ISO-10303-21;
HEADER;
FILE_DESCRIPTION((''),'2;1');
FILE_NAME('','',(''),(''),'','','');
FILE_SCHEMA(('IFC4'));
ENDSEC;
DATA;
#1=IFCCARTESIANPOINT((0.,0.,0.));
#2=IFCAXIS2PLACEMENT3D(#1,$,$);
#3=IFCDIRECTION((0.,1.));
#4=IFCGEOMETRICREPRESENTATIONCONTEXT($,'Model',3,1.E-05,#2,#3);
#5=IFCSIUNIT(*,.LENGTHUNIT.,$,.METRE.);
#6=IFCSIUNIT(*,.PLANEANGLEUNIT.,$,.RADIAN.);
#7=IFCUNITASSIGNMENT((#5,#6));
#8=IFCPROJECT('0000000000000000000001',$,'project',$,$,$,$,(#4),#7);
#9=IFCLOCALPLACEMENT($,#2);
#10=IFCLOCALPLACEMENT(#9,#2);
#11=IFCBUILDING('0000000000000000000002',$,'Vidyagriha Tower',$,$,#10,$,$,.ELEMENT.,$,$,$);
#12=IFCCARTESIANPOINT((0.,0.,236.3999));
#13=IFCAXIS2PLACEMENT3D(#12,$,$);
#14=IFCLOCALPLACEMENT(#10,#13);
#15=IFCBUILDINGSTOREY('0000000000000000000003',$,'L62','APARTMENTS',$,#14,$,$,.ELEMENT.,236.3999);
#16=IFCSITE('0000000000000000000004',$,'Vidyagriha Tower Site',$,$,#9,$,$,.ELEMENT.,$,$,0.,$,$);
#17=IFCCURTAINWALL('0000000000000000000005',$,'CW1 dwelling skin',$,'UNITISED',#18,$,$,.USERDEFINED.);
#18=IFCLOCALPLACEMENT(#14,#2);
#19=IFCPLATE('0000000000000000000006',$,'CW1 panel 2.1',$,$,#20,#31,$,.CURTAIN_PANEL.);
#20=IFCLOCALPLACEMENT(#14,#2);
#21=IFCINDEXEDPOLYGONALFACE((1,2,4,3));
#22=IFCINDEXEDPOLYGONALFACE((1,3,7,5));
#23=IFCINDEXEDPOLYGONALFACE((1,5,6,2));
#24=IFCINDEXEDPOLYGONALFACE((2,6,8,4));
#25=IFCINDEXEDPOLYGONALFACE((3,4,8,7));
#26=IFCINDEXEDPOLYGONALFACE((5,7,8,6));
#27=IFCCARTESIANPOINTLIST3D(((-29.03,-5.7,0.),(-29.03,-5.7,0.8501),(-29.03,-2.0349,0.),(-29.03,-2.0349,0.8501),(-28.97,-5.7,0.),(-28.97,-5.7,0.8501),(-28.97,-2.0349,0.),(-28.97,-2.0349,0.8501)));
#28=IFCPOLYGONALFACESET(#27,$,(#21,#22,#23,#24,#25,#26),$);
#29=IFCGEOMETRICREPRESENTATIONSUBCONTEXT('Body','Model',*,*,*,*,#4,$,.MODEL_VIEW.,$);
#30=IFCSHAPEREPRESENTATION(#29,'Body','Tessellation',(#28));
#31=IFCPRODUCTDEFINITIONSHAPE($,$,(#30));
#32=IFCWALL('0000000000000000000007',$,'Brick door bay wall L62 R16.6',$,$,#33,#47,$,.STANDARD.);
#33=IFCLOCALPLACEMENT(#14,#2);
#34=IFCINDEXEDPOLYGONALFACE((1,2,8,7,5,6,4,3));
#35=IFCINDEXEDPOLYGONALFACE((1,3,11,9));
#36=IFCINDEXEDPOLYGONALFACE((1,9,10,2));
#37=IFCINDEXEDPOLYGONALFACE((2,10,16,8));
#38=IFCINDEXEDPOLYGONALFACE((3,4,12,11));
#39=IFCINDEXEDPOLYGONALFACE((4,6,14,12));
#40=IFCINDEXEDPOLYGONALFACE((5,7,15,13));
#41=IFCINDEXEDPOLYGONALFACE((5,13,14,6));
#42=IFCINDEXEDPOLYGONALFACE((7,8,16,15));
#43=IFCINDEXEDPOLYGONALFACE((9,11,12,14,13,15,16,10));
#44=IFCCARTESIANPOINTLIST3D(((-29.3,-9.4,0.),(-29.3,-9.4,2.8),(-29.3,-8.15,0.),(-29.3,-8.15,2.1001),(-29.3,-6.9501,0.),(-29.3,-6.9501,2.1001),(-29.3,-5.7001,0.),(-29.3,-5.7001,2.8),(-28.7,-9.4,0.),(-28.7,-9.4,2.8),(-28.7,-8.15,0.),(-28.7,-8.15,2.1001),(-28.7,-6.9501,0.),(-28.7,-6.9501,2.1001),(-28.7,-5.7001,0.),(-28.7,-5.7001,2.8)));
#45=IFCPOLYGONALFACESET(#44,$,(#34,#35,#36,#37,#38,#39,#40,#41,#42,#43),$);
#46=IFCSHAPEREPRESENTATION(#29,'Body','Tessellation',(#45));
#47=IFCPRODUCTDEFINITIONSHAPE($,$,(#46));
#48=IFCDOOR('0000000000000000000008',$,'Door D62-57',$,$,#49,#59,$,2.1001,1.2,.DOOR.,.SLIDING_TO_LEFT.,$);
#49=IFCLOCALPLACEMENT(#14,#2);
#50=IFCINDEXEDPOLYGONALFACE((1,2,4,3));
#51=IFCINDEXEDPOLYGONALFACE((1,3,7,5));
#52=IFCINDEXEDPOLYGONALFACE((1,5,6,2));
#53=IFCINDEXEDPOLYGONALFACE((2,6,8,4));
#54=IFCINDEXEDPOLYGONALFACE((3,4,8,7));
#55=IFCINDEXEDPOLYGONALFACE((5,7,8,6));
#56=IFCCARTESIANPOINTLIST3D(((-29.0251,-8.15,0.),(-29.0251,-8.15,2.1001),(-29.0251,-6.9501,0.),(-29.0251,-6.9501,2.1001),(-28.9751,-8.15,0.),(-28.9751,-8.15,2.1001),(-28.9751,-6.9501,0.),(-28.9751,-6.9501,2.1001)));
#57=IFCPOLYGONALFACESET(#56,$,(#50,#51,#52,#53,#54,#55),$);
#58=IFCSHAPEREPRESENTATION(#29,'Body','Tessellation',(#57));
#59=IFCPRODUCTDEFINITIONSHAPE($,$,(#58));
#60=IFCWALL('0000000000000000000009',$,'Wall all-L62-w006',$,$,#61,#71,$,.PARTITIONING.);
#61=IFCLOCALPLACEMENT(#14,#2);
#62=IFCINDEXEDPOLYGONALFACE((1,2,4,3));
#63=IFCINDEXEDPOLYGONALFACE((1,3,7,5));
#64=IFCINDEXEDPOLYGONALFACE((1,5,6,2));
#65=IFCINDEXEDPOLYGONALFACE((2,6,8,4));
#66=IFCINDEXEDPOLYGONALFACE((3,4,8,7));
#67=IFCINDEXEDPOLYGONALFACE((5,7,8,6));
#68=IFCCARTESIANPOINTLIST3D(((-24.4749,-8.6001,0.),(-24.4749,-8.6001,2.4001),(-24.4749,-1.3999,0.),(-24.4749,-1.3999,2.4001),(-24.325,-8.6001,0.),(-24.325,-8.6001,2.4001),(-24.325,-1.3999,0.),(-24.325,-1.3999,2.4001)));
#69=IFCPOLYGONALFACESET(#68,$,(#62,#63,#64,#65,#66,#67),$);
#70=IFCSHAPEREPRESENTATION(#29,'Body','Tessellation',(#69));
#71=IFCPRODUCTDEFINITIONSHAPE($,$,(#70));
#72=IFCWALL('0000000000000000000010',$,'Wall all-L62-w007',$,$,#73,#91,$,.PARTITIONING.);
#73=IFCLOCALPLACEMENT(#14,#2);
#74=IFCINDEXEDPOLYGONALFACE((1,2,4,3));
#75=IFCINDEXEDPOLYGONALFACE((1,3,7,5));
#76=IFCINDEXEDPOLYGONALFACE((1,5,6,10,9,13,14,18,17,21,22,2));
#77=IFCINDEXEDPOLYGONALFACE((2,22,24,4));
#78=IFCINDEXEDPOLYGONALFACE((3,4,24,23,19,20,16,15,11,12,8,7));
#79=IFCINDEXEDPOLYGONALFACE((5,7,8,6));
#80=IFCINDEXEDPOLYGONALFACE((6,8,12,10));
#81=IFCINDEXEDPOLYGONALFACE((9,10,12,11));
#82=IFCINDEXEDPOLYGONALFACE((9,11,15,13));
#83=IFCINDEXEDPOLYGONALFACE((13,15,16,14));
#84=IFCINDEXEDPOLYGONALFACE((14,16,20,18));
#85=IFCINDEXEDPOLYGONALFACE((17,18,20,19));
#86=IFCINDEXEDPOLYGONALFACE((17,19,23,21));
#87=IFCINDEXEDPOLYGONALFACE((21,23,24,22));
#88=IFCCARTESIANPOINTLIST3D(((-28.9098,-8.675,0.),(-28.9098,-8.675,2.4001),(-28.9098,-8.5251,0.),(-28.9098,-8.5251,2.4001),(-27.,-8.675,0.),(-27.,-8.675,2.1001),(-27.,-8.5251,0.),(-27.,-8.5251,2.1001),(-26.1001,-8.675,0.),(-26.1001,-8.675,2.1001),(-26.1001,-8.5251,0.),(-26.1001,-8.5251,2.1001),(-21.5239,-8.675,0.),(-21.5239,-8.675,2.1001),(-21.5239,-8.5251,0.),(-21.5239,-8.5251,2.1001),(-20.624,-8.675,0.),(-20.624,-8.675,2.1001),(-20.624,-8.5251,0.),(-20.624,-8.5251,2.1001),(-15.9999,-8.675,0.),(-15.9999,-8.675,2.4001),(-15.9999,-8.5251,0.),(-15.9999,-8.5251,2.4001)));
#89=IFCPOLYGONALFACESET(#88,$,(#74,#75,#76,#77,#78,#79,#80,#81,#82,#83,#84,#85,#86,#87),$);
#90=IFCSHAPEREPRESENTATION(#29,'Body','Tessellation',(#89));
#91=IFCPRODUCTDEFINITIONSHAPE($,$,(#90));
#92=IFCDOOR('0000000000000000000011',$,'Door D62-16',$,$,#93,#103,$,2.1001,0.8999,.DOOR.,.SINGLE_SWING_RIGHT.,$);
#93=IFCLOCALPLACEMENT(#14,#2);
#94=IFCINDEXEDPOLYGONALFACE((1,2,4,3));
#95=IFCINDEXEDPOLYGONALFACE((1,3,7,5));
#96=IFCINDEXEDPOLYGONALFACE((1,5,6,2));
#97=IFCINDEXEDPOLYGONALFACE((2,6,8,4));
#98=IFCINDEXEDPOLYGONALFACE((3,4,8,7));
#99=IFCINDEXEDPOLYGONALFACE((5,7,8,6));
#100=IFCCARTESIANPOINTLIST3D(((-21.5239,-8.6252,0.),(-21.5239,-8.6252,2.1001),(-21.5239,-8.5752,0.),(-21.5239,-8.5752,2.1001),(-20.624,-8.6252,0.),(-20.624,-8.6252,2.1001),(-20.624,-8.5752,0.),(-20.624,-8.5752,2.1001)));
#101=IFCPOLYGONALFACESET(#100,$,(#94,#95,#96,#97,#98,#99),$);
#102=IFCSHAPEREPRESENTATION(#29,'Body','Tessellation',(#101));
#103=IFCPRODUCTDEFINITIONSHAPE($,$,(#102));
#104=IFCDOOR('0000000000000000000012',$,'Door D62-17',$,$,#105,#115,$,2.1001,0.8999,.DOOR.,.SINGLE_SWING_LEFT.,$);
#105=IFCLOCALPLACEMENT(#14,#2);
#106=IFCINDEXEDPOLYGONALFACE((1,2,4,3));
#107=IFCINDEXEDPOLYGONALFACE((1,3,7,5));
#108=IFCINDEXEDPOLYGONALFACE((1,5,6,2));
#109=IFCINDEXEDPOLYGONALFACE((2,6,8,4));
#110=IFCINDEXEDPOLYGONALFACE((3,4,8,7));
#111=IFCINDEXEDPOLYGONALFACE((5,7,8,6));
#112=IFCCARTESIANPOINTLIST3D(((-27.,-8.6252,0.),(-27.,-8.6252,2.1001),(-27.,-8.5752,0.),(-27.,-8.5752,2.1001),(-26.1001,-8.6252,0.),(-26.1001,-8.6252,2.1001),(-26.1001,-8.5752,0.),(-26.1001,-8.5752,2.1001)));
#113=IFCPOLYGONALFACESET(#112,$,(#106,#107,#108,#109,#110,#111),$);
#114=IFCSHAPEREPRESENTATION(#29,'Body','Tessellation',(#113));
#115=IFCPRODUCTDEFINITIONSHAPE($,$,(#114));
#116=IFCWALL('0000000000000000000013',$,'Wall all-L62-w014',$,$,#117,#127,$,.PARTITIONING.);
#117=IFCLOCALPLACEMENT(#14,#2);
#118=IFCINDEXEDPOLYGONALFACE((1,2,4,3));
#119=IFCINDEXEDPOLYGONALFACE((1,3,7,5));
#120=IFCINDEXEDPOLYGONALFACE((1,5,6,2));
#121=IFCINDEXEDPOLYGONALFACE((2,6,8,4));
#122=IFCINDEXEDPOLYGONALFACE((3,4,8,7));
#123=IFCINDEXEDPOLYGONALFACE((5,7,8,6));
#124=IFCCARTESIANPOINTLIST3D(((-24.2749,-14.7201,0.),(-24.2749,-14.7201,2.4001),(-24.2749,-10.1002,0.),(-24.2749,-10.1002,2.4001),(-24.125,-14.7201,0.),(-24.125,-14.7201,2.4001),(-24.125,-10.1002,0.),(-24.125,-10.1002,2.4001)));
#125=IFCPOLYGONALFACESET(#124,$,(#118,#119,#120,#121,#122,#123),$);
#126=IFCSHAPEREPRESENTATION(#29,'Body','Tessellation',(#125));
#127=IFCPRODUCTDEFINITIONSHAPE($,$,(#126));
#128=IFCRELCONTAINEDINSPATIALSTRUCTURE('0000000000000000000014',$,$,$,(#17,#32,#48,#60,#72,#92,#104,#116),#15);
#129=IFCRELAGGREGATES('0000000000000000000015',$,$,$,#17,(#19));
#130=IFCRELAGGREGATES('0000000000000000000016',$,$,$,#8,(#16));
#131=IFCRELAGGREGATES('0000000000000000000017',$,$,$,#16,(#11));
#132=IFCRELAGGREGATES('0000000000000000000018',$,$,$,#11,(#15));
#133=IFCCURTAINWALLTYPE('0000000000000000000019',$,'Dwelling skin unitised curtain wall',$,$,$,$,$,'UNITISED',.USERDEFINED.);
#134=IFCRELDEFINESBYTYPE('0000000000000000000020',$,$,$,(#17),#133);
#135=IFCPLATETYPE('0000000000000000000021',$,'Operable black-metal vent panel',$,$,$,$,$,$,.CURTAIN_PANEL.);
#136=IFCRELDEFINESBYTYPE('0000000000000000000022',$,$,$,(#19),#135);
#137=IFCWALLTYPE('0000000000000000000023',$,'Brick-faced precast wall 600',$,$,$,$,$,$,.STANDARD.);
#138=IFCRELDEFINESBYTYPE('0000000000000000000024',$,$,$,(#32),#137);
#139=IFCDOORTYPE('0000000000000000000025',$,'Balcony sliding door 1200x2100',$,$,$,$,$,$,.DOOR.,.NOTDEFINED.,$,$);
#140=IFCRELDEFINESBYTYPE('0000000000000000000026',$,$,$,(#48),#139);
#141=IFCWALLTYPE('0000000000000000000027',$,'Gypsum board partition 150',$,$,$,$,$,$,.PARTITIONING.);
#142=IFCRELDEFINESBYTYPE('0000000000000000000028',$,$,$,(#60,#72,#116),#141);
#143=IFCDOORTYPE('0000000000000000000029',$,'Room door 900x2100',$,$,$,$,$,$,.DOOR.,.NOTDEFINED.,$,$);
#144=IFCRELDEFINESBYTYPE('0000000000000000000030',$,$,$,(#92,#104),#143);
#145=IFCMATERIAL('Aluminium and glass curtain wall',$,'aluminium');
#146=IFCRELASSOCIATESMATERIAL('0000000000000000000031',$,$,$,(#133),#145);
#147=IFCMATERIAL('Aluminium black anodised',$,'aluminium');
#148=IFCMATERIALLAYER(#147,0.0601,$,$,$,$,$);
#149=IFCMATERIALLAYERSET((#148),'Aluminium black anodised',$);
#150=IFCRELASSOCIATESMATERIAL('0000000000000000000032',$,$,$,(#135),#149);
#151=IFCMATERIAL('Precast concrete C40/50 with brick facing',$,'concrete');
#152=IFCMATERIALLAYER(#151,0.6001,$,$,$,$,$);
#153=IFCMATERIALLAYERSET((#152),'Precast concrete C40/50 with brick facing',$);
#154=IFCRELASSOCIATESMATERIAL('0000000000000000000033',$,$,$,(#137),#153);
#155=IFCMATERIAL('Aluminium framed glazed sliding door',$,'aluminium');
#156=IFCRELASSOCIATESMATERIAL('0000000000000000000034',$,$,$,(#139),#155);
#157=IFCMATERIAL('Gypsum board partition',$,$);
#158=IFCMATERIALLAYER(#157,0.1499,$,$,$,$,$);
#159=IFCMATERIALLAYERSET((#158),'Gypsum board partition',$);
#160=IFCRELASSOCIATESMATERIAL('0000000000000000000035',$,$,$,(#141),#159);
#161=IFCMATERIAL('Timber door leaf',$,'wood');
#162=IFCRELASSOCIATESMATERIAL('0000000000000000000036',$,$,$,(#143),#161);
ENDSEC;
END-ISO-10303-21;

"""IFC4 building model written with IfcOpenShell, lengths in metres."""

from ifc_helpers import new_model, si_unit, direction, frame, frame_2d, origin, origin_2d, place, context, subcontext, project, spatial, rectangle, extrude, material, layer, layer_set, type_object, element, fill, aggregate, save


model = new_model("IFC4")

# Units and contexts
model_context = context("Model", 3, precision=1e-05, world=origin(), true_north=direction((0.0, 1.0)))
body_context = subcontext(model_context, "Body", "Model", "MODEL_VIEW")
ifc_project = project(units=[si_unit("LENGTHUNIT", "METRE"), si_unit("PLANEANGLEUNIT", "RADIAN")], contexts=[model_context])

# Site, building, storey
site_placement = place(None, origin())
site = spatial("IfcSite", under=ifc_project, at=site_placement, Name="Vidyagriha Tower Site", CompositionType="ELEMENT", RefElevation=0.0)
building_placement = place(site_placement, origin())
building = spatial("IfcBuilding", under=site, at=building_placement, Name="Vidyagriha Tower", CompositionType="ELEMENT")
storey_placement = place(building_placement, frame((0.0, 0.0, 236.3999)))
storey = spatial("IfcBuildingStorey", under=building, at=storey_placement, Name="L62", Description="APARTMENTS", CompositionType="ELEMENT", Elevation=236.3999)

# Curtain wall
ifc_material_1 = material(Name="Aluminium and glass curtain wall", Category="aluminium")
curtain_wall_type = type_object("IfcCurtainWallType", Name="Dwelling skin unitised curtain wall", ElementType="UNITISED", PredefinedType="USERDEFINED", material=ifc_material_1)
curtain_wall_1_placement = place(storey_placement, origin())
curtain_wall_1 = element("IfcCurtainWall", 1, at=curtain_wall_1_placement, inside=storey, type_object=curtain_wall_type, Name="CW1 dwelling skin", ObjectType="UNITISED", PredefinedType="USERDEFINED")

# Plate
ifc_material_2 = material(Name="Aluminium black anodised", Category="aluminium")
ifc_layer_1 = layer(ifc_material_2, 0.0601)
ifc_layer_set_1 = layer_set([ifc_layer_1], Name="Aluminium black anodised")
plate_type_1 = type_object("IfcPlateType", Name="Operable black-metal vent panel", PredefinedType="CURTAIN_PANEL", material=ifc_layer_set_1)
plate_1_placement = place(storey_placement, frame((-29.0, -3.8674, 0.0), z_axis=(0.0, 0.0, 1.0), x_axis=(0.0, -1.0, 0.0)))
plate_1 = element("IfcPlate", 2, at=plate_1_placement, type_object=plate_type_1, Name="CW1 panel 2.1", PredefinedType="CURTAIN_PANEL", context=body_context, shape_type="SweptSolid", body=[
    extrude(rectangle(XDim=3.665, YDim=0.0601, at=origin_2d()), origin(), (0.0, 0.0, 1.0), 0.8501),
])
aggregate(curtain_wall_1, [plate_1])

# Wall, opening, door
ifc_material_3 = material(Name="Precast concrete C40/50 with brick facing", Category="concrete")
ifc_layer_2 = layer(ifc_material_3, 0.6001)
ifc_layer_set_2 = layer_set([ifc_layer_2], Name="Precast concrete C40/50 with brick facing")
wall_type_1 = type_object("IfcWallType", Name="Brick-faced precast wall 600", PredefinedType="STANDARD", material=ifc_layer_set_2)
wall_1_placement = place(storey_placement, frame((-29.0, -5.7, 0.0), z_axis=(0.0, 0.0, 1.0), x_axis=(0.0, -1.0, 0.0)))
wall_1 = element("IfcWall", 3, at=wall_1_placement, inside=storey, type_object=wall_type_1, Name="Brick door bay wall L62 R16.6", PredefinedType="STANDARD", context=body_context, shape_type="SweptSolid", body=[
    extrude(rectangle(XDim=3.7, YDim=0.6001, at=frame_2d((1.8501, 0.0))), origin(), (0.0, 0.0, 1.0), 2.8),
])
opening_1_placement = place(wall_1_placement, frame((1.25, 0.0, 0.0)))
opening_1 = element("IfcOpeningElement", 4, at=opening_1_placement, cuts=wall_1, PredefinedType="OPENING", context=body_context, shape_type="SweptSolid", body=[
    extrude(rectangle(XDim=1.2, YDim=2.1001, at=frame_2d((0.6001, 1.05))), frame((0.0, 0.3101, 0.0), z_axis=(0.0, -1.0, 0.0), x_axis=(1.0, 0.0, 0.0)), (0.0, 0.0, 1.0), 0.6201),
])
ifc_material_4 = material(Name="Aluminium framed glazed sliding door", Category="aluminium")
door_type_1 = type_object("IfcDoorType", Name="Balcony sliding door 1200x2100", OperationType="NOTDEFINED", PredefinedType="DOOR", material=ifc_material_4)
door_1_placement = place(opening_1_placement, origin())
door_1 = element("IfcDoor", 5, at=door_1_placement, inside=storey, type_object=door_type_1, Name="Door D62-57", OperationType="SLIDING_TO_LEFT", OverallHeight=2.1001, OverallWidth=1.2, PredefinedType="DOOR", context=body_context, shape_type="SweptSolid", body=[
    extrude(rectangle(XDim=1.2, YDim=2.1001, at=frame_2d((0.6001, 1.05))), frame((0.0, 0.0249, 0.0), z_axis=(0.0, -1.0, 0.0), x_axis=(1.0, 0.0, 0.0)), (0.0, 0.0, 1.0), 0.05),
])
fill(opening_1, door_1)

# Wall
ifc_material_5 = material(Name="Gypsum board partition")
ifc_layer_3 = layer(ifc_material_5, 0.1499)
ifc_layer_set_3 = layer_set([ifc_layer_3], Name="Gypsum board partition")
wall_type_2 = type_object("IfcWallType", Name="Gypsum board partition 150", PredefinedType="PARTITIONING", material=ifc_layer_set_3)
wall_2_placement = place(storey_placement, frame((-24.3999, -8.6001, 0.0), z_axis=(0.0, 0.0, 1.0), x_axis=(0.0, 1.0, 0.0)))
element("IfcWall", 6, at=wall_2_placement, inside=storey, type_object=wall_type_2, Name="Wall all-L62-w006", PredefinedType="PARTITIONING", context=body_context, shape_type="SweptSolid", body=[
    extrude(rectangle(XDim=7.2002, YDim=0.1499, at=frame_2d((3.6001, 0.0))), origin(), (0.0, 0.0, 1.0), 2.4001),
])

# Wall, openings, doors
wall_3_placement = place(storey_placement, frame((-28.9099, -8.6001, 0.0)))
wall_3 = element("IfcWall", 7, at=wall_3_placement, inside=storey, type_object=wall_type_2, Name="Wall all-L62-w007", PredefinedType="PARTITIONING", context=body_context, shape_type="SweptSolid", body=[
    extrude(rectangle(XDim=12.9099, YDim=0.1499, at=frame_2d((6.4551, 0.0))), origin(), (0.0, 0.0, 1.0), 2.4001),
])
opening_2_placement = place(wall_3_placement, frame((7.386, 0.0, 0.0)))
opening_2 = element("IfcOpeningElement", 8, at=opening_2_placement, cuts=wall_3, PredefinedType="OPENING", context=body_context, shape_type="SweptSolid", body=[
    extrude(rectangle(XDim=0.8999, YDim=2.1001, at=frame_2d((0.45, 1.05))), frame((0.0, 0.085, 0.0), z_axis=(0.0, -1.0, 0.0), x_axis=(1.0, 0.0, 0.0)), (0.0, 0.0, 1.0), 0.1699),
])
opening_3_placement = place(wall_3_placement, frame((1.9099, 0.0, 0.0)))
opening_3 = element("IfcOpeningElement", 9, at=opening_3_placement, cuts=wall_3, PredefinedType="OPENING", context=body_context, shape_type="SweptSolid", body=[
    extrude(rectangle(XDim=0.8999, YDim=2.1001, at=frame_2d((0.45, 1.05))), frame((0.0, 0.085, 0.0), z_axis=(0.0, -1.0, 0.0), x_axis=(1.0, 0.0, 0.0)), (0.0, 0.0, 1.0), 0.1699),
])
ifc_material_6 = material(Name="Timber door leaf", Category="wood")
door_type_2 = type_object("IfcDoorType", Name="Room door 900x2100", OperationType="NOTDEFINED", PredefinedType="DOOR", material=ifc_material_6)
door_2_placement = place(opening_2_placement, origin())
door_2 = element("IfcDoor", 10, at=door_2_placement, inside=storey, type_object=door_type_2, Name="Door D62-16", OperationType="SINGLE_SWING_RIGHT", OverallHeight=2.1001, OverallWidth=0.8999, PredefinedType="DOOR", context=body_context, shape_type="SweptSolid", body=[
    extrude(rectangle(XDim=0.8999, YDim=2.1001, at=frame_2d((0.45, 1.05))), frame((0.0, 0.0249, 0.0), z_axis=(0.0, -1.0, 0.0), x_axis=(1.0, 0.0, 0.0)), (0.0, 0.0, 1.0), 0.05),
])
fill(opening_2, door_2)
door_3_placement = place(opening_3_placement, origin())
door_3 = element("IfcDoor", 11, at=door_3_placement, inside=storey, type_object=door_type_2, Name="Door D62-17", OperationType="SINGLE_SWING_LEFT", OverallHeight=2.1001, OverallWidth=0.8999, PredefinedType="DOOR", context=body_context, shape_type="SweptSolid", body=[
    extrude(rectangle(XDim=0.8999, YDim=2.1001, at=frame_2d((0.45, 1.05))), frame((0.0, 0.0249, 0.0), z_axis=(0.0, -1.0, 0.0), x_axis=(1.0, 0.0, 0.0)), (0.0, 0.0, 1.0), 0.05),
])
fill(opening_3, door_3)

# Wall
wall_4_placement = place(storey_placement, frame((-24.2, -10.1001, 0.0), z_axis=(0.0, 0.0, 1.0), x_axis=(0.0, -1.0, 0.0)))
element("IfcWall", 12, at=wall_4_placement, inside=storey, type_object=wall_type_2, Name="Wall all-L62-w014", PredefinedType="PARTITIONING", context=body_context, shape_type="SweptSolid", body=[
    extrude(rectangle(XDim=4.6199, YDim=0.1499, at=frame_2d((2.3101, 0.0))), origin(), (0.0, 0.0, 1.0), 2.4001),
])

save(model, "model.ifc")
